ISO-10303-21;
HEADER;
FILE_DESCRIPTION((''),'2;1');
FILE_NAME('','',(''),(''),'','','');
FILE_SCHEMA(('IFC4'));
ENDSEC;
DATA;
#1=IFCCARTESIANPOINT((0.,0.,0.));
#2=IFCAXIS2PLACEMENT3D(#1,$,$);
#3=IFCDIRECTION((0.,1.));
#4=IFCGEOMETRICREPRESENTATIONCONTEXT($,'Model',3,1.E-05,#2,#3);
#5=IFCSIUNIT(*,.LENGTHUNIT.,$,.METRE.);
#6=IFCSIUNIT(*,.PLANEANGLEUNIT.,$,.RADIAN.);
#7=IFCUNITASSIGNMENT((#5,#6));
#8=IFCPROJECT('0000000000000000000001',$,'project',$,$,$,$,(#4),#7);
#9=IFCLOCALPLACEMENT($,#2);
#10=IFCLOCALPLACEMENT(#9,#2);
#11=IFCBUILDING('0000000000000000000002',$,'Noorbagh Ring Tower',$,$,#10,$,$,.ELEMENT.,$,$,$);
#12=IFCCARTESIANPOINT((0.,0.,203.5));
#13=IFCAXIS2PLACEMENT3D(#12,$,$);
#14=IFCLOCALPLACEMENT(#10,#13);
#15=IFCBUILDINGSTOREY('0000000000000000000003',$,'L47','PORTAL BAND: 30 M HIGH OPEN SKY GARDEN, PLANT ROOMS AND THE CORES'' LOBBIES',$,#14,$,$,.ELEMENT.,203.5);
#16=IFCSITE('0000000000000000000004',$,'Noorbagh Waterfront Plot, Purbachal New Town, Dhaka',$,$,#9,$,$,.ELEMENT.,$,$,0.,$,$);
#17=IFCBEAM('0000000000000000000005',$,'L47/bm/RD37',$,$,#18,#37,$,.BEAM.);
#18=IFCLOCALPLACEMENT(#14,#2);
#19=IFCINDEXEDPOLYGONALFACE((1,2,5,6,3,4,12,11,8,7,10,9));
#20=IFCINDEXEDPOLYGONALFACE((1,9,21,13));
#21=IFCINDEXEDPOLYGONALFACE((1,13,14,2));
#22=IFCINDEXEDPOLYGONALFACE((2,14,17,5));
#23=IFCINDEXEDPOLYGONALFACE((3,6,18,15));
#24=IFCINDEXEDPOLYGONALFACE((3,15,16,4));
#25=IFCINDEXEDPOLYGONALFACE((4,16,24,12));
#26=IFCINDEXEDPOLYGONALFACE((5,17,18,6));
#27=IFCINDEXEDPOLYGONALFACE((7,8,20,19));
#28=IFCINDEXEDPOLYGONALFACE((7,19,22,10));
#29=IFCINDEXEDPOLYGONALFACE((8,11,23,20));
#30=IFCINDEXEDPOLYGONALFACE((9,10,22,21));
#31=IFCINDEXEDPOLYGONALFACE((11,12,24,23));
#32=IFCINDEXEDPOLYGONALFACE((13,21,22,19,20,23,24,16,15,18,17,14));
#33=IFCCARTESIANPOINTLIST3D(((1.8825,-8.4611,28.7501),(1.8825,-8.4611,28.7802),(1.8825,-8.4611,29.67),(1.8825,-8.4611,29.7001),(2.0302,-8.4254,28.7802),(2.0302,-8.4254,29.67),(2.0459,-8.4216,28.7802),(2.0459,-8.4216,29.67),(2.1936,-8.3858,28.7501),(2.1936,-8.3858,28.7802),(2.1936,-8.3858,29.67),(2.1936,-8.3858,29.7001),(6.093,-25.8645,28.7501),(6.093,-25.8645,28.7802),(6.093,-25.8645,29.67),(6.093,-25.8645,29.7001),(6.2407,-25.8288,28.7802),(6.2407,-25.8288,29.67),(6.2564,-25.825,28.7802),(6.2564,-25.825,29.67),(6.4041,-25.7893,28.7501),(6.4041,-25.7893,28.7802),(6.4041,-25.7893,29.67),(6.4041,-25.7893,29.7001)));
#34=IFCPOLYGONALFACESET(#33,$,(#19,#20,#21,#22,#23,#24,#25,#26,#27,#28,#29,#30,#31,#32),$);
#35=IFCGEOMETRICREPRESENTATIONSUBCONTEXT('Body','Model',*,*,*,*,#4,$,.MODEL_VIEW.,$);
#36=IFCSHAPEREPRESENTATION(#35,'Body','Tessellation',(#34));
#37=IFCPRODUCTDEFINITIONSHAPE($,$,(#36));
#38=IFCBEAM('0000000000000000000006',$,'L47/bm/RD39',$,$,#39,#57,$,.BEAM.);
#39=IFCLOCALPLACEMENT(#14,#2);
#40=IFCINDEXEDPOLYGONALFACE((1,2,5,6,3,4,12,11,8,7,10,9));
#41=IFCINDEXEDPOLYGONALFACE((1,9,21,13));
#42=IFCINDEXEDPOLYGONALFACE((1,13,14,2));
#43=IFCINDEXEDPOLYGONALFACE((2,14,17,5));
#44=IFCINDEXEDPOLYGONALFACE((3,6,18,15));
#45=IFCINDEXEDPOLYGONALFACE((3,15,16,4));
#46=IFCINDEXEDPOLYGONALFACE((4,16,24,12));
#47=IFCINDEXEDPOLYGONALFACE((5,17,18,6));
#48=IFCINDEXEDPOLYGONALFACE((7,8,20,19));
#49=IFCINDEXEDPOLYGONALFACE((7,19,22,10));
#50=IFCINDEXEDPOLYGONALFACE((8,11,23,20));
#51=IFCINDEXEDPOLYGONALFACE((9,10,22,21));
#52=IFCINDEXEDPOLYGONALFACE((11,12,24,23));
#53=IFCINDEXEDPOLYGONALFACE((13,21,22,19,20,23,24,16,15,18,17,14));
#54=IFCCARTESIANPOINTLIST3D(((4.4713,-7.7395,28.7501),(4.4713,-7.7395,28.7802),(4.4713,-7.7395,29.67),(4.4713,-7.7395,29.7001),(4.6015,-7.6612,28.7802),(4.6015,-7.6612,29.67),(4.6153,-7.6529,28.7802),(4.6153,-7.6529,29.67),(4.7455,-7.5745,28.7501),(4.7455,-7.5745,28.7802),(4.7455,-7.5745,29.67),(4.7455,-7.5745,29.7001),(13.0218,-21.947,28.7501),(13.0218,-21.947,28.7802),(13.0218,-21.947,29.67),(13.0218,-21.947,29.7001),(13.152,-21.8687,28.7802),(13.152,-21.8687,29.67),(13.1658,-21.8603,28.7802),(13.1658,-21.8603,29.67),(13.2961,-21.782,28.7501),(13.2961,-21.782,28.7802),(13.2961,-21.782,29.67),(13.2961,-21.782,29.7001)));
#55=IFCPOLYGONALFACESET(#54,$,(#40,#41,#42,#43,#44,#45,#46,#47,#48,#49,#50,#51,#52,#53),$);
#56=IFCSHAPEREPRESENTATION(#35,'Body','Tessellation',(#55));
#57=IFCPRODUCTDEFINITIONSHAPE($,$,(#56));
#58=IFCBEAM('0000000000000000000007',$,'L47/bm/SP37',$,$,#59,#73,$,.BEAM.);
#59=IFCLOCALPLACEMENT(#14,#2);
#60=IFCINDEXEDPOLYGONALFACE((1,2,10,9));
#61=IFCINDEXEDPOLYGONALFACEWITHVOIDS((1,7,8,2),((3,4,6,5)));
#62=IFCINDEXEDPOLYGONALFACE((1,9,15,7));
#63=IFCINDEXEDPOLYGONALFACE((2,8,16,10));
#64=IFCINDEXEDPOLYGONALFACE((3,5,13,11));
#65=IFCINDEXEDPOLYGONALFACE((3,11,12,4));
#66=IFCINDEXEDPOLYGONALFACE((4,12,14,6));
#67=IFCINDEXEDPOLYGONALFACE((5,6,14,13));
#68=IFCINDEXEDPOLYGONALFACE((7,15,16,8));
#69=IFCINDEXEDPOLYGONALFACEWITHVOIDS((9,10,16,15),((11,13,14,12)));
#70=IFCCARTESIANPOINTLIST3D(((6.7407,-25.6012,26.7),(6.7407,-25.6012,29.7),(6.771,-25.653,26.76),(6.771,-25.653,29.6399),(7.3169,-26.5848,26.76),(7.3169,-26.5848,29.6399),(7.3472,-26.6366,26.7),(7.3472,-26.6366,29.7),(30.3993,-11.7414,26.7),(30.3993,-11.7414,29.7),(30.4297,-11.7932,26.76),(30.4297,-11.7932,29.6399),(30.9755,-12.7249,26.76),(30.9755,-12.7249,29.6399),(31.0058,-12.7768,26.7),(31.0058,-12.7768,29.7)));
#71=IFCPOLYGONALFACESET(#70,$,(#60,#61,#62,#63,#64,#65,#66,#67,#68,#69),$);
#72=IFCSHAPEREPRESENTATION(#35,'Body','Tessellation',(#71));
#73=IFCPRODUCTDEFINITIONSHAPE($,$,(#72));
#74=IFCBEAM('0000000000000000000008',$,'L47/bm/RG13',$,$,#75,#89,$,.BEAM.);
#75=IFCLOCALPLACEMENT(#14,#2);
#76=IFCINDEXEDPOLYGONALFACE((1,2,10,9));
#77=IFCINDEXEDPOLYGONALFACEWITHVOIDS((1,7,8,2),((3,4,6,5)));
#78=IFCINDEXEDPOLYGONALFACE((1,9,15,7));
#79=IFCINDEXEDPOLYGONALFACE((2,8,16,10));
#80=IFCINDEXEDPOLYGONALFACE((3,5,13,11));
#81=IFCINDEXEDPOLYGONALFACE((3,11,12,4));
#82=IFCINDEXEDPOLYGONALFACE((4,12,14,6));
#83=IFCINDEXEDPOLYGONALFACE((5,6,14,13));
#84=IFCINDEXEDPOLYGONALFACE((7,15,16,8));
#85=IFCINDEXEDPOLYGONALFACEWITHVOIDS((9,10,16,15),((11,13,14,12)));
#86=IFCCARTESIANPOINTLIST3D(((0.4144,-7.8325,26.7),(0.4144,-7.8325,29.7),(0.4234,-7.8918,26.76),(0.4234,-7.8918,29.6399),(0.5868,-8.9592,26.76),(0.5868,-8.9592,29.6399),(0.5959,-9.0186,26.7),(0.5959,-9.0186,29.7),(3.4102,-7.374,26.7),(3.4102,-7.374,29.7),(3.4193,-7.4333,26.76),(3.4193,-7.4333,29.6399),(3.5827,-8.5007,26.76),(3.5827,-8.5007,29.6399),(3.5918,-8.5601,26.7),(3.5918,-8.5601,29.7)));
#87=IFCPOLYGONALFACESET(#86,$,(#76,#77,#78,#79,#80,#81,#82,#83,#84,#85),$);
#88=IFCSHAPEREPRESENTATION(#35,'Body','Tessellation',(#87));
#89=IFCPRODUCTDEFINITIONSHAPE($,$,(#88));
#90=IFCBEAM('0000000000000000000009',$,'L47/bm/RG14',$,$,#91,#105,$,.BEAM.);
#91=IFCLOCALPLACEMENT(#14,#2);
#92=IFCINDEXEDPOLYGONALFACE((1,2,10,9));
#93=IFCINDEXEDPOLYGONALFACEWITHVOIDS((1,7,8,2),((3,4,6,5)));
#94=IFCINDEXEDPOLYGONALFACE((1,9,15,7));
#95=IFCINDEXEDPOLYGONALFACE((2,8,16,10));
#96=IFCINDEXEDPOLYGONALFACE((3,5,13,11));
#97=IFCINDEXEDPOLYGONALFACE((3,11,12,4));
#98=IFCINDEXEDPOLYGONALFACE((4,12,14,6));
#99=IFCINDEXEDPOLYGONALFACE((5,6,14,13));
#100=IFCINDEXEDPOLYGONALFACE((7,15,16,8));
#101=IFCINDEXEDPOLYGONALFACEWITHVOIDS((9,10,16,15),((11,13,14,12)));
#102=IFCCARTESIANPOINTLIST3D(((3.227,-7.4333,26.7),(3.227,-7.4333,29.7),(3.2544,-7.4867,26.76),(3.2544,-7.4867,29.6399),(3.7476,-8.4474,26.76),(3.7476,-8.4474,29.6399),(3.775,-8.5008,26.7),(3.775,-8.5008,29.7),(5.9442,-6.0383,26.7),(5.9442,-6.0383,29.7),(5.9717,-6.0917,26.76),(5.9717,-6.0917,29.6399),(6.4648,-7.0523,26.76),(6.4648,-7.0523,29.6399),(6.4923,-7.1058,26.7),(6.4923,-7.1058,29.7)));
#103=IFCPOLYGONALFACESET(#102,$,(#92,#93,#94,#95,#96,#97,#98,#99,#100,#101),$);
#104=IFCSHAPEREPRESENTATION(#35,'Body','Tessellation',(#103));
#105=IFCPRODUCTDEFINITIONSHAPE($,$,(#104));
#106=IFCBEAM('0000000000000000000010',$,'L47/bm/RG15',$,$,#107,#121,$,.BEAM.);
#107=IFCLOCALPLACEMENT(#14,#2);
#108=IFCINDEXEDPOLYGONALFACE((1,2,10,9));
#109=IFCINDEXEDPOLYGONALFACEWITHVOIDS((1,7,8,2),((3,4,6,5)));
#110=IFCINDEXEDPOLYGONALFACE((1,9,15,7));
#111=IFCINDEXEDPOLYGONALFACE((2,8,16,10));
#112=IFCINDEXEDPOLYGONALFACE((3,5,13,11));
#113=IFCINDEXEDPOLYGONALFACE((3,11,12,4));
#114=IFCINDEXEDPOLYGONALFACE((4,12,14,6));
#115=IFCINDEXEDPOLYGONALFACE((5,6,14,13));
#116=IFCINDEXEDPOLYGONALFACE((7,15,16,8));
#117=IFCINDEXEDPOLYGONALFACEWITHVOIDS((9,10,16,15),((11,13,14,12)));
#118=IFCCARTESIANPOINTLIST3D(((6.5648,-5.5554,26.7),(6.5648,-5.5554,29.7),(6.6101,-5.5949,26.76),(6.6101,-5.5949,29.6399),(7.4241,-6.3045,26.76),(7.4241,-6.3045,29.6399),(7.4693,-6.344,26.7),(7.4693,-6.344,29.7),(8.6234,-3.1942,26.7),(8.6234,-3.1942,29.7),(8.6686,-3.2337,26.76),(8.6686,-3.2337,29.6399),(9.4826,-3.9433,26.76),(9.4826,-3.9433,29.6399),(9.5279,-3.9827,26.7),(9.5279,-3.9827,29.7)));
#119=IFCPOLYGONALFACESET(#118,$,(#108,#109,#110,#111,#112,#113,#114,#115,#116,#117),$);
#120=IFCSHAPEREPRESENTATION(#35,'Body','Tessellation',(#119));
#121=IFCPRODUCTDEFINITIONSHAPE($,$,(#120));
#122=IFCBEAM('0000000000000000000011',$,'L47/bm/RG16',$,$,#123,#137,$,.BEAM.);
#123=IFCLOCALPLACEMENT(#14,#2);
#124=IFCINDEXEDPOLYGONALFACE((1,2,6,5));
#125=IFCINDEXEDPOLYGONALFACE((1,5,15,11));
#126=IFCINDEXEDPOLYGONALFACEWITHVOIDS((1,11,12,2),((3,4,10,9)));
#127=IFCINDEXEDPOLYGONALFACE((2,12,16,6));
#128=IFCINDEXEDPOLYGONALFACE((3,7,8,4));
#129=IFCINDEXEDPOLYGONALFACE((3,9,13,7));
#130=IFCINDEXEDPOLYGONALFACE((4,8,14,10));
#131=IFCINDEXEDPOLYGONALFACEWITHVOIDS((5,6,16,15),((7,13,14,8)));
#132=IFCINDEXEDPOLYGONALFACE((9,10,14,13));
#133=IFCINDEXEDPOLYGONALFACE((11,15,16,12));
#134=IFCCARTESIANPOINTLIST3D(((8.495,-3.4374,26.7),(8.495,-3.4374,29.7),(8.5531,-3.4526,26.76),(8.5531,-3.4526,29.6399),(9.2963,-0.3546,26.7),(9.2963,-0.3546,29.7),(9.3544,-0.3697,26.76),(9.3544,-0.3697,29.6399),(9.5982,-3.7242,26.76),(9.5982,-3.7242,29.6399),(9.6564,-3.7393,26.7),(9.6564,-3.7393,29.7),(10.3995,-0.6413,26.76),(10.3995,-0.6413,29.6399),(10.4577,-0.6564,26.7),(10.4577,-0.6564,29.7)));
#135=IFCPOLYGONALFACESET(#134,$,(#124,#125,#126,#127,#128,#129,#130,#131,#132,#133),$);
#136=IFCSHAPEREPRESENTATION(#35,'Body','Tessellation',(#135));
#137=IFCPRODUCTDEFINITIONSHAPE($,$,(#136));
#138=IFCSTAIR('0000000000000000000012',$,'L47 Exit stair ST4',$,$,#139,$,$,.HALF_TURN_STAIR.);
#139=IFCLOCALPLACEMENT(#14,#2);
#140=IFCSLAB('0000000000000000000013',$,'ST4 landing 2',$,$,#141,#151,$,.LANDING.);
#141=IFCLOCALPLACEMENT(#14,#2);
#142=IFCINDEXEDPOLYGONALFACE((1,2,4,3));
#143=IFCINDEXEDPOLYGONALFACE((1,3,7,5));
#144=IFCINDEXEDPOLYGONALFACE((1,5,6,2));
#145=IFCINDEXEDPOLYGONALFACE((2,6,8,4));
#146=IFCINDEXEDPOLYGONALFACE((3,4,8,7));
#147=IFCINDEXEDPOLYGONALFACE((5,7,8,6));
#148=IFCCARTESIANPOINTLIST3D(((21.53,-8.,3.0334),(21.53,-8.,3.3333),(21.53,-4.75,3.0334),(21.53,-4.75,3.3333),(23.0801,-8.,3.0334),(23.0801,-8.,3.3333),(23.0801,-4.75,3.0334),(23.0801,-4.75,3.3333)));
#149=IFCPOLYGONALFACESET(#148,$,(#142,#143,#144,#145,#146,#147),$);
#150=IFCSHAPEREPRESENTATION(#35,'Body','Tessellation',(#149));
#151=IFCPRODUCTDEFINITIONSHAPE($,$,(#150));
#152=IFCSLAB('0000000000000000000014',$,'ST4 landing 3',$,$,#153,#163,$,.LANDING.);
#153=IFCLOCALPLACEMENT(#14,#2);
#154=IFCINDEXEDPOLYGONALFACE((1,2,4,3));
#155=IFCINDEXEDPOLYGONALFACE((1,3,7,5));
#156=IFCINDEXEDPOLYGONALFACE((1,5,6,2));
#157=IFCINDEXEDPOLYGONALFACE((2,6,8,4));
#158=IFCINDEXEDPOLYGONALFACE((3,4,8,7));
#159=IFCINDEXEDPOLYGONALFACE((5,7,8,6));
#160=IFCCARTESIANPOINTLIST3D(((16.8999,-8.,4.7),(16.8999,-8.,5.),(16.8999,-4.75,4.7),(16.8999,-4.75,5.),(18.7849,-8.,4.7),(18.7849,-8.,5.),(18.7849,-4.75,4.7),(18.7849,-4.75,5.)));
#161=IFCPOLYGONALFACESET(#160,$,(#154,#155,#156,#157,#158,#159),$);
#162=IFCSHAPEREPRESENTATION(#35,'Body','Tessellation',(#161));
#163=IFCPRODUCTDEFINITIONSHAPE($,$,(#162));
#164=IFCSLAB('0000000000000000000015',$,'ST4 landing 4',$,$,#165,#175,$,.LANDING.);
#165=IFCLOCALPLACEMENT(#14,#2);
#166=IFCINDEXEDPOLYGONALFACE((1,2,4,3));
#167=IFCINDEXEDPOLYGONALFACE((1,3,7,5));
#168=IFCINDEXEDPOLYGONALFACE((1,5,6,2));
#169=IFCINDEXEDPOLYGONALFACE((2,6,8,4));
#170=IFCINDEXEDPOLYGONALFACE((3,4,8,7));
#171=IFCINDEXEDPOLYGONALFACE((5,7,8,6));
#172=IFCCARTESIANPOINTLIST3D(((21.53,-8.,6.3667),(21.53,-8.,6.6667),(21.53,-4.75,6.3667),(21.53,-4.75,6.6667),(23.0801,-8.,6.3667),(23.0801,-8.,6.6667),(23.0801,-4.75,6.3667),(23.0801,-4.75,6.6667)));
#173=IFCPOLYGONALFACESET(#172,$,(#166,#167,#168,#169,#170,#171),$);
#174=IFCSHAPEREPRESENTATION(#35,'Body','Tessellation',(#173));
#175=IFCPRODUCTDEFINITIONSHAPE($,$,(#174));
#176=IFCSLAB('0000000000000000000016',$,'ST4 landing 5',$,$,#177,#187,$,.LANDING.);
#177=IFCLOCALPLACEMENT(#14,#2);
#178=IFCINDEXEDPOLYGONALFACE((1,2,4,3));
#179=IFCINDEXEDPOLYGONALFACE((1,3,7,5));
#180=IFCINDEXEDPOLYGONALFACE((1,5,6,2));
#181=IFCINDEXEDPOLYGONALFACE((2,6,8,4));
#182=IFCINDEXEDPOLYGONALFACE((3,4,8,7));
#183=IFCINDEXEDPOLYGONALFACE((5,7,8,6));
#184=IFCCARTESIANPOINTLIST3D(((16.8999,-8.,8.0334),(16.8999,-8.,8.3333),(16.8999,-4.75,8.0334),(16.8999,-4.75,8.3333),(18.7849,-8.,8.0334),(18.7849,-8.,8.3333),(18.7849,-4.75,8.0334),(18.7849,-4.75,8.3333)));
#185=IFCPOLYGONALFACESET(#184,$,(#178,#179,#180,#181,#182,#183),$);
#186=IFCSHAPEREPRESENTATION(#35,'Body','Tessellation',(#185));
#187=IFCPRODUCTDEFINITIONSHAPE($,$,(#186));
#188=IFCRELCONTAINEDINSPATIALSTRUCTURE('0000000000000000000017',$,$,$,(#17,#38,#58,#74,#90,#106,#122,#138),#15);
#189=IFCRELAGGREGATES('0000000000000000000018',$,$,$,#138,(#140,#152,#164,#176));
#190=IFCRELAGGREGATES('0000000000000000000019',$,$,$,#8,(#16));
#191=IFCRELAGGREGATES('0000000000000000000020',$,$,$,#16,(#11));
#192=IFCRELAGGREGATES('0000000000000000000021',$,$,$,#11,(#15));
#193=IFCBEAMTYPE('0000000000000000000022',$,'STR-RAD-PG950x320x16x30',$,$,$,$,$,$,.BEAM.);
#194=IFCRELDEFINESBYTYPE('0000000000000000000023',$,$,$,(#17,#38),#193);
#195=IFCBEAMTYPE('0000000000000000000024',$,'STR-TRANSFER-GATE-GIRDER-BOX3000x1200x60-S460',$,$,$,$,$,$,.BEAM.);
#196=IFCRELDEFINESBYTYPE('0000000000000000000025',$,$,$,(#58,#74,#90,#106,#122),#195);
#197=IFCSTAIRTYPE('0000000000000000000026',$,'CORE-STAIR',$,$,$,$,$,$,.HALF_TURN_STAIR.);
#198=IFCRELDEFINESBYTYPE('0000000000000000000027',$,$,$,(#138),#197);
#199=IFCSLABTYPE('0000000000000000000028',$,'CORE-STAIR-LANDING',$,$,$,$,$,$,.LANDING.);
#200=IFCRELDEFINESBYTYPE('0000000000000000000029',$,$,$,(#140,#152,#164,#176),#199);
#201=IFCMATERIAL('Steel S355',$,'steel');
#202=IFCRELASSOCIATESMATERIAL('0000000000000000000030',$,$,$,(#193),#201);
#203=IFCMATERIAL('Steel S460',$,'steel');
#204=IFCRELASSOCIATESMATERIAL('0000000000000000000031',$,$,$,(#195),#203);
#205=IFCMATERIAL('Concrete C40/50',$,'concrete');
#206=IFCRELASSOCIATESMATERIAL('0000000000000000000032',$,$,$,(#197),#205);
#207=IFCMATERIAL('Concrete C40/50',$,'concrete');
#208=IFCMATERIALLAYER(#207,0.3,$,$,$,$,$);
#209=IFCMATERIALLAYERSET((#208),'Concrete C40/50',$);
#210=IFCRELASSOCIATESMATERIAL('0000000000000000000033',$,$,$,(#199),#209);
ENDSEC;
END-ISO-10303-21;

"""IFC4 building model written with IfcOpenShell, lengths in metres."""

from ifc_helpers import new_model, si_unit, direction, frame, origin, origin_2d, place, context, subcontext, project, spatial, polyline, hollow_rectangle, i_section, outline, extrude, material, layer, layer_set, material_profile, profile_set, type_object, element, aggregate, save


model = new_model("IFC4")

# Units and contexts
model_context = context("Model", 3, precision=1e-05, world=origin(), true_north=direction((0.0, 1.0)))
body_context = subcontext(model_context, "Body", "Model", "MODEL_VIEW")
ifc_project = project(units=[si_unit("LENGTHUNIT", "METRE"), si_unit("PLANEANGLEUNIT", "RADIAN")], contexts=[model_context])

# Site, building, storey
site_placement = place(None, origin())
site = spatial("IfcSite", under=ifc_project, at=site_placement, Name="Noorbagh Waterfront Plot, Purbachal New Town, Dhaka", CompositionType="ELEMENT", RefElevation=0.0)
building_placement = place(site_placement, origin())
building = spatial("IfcBuilding", under=site, at=building_placement, Name="Noorbagh Ring Tower", CompositionType="ELEMENT")
storey_placement = place(building_placement, frame((0.0, 0.0, 203.5)))
storey = spatial("IfcBuildingStorey", under=building, at=storey_placement, Name="L47", Description="PORTAL BAND: 30 M HIGH OPEN SKY GARDEN, PLANT ROOMS AND THE CORES' LOBBIES", CompositionType="ELEMENT", Elevation=203.5)

# Beams
ifc_material_1 = material(Name="Steel S355", Category="steel")
ifc_material_profile_1 = material_profile(ifc_material_1, i_section(OverallWidth=0.3201, OverallDepth=0.95, WebThickness=0.0161, FlangeThickness=0.03, at=origin_2d()), Name="PG950x320x16x30")
ifc_profile_set_1 = profile_set([ifc_material_profile_1], Name="Steel S355")
beam_type_1 = type_object("IfcBeamType", Name="STR-RAD-PG950x320x16x30", PredefinedType="BEAM", material=ifc_profile_set_1)
beam_1_placement = place(storey_placement, frame((6.2485, -25.8269, 29.2251), z_axis=(-0.23515, 0.971959, 0.0), x_axis=(-0.971959, -0.23515, 0.0)))
element("IfcBeam", 1, at=beam_1_placement, inside=storey, type_object=beam_type_1, Name="L47/bm/RD37", PredefinedType="BEAM", context=body_context, shape_type="SweptSolid", body=[
    extrude(i_section(OverallWidth=0.3201, OverallDepth=0.95, WebThickness=0.0161, FlangeThickness=0.03, at=origin_2d()), origin(), (0.0, 0.0, 1.0), 17.9055),
])
beam_2_placement = place(storey_placement, frame((13.1589, -21.8645, 29.2251), z_axis=(-0.515649, 0.8568, 0.0), x_axis=(-0.8568, -0.515649, 0.0)))
element("IfcBeam", 2, at=beam_2_placement, inside=storey, type_object=beam_type_1, Name="L47/bm/RD39", PredefinedType="BEAM", context=body_context, shape_type="SweptSolid", body=[
    extrude(i_section(OverallWidth=0.3201, OverallDepth=0.95, WebThickness=0.0161, FlangeThickness=0.03, at=origin_2d()), origin(), (0.0, 0.0, 1.0), 16.582),
])
ifc_material_2 = material(Name="Steel S460", Category="steel")
ifc_material_profile_2 = material_profile(ifc_material_2, hollow_rectangle(XDim=1.2, YDim=3.0, WallThickness=0.0601, at=origin_2d()), Name="BOX3000x1200x60")
ifc_profile_set_2 = profile_set([ifc_material_profile_2], Name="Steel S460")
beam_type_2 = type_object("IfcBeamType", Name="STR-TRANSFER-GATE-GIRDER-BOX3000x1200x60-S460", PredefinedType="BEAM", material=ifc_profile_set_2)
beam_3_placement = place(storey_placement, frame((7.0439, -26.1189, 28.2), z_axis=(0.862842, 0.505475, 0.0), x_axis=(-0.505475, 0.862842, 0.0)))
element("IfcBeam", 3, at=beam_3_placement, inside=storey, type_object=beam_type_2, Name="L47/bm/SP37", PredefinedType="BEAM", context=body_context, shape_type="SweptSolid", body=[
    extrude(hollow_rectangle(XDim=1.2, YDim=3.0, WallThickness=0.0601, at=origin_2d()), origin(), (0.0, 0.0, 1.0), 27.4194),
])
beam_4_placement = place(storey_placement, frame((0.5051, -8.4255, 28.2), z_axis=(0.988491, 0.151282, 0.0), x_axis=(-0.151282, 0.988491, 0.0)))
element("IfcBeam", 4, at=beam_4_placement, inside=storey, type_object=beam_type_2, Name="L47/bm/RG13", PredefinedType="BEAM", context=body_context, shape_type="SweptSolid", body=[
    extrude(hollow_rectangle(XDim=1.2, YDim=3.0, WallThickness=0.0601, at=origin_2d()), origin(), (0.0, 0.0, 1.0), 3.0308),
])
beam_5_placement = place(storey_placement, frame((3.501, -7.967, 28.2), z_axis=(0.889613, 0.456716, 0.0), x_axis=(-0.456716, 0.889613, 0.0)))
element("IfcBeam", 5, at=beam_5_placement, inside=storey, type_object=beam_type_2, Name="L47/bm/RG14", PredefinedType="BEAM", context=body_context, shape_type="SweptSolid", body=[
    extrude(hollow_rectangle(XDim=1.2, YDim=3.0, WallThickness=0.0601, at=origin_2d()), origin(), (0.0, 0.0, 1.0), 3.0544),
])
beam_6_placement = place(storey_placement, frame((7.0171, -5.9497, 28.2), z_axis=(0.657135, 0.753773, 0.0), x_axis=(-0.753773, 0.657135, 0.0)))
element("IfcBeam", 6, at=beam_6_placement, inside=storey, type_object=beam_type_2, Name="L47/bm/RG15", PredefinedType="BEAM", context=body_context, shape_type="SweptSolid", body=[
    extrude(hollow_rectangle(XDim=1.2, YDim=3.0, WallThickness=0.0601, at=origin_2d()), origin(), (0.0, 0.0, 1.0), 3.1326),
])
beam_7_placement = place(storey_placement, frame((9.0757, -3.5884, 28.2), z_axis=(0.251561, 0.967842, 0.0), x_axis=(-0.967842, 0.251561, 0.0)))
element("IfcBeam", 7, at=beam_7_placement, inside=storey, type_object=beam_type_2, Name="L47/bm/RG16", PredefinedType="BEAM", context=body_context, shape_type="SweptSolid", body=[
    extrude(hollow_rectangle(XDim=1.2, YDim=3.0, WallThickness=0.0601, at=origin_2d()), origin(), (0.0, 0.0, 1.0), 3.1853),
])

# Stair, slabs
ifc_material_3 = material(Name="Concrete C40/50", Category="concrete")
stair_type = type_object("IfcStairType", Name="CORE-STAIR", PredefinedType="HALF_TURN_STAIR", material=ifc_material_3)
stair_placement = place(storey_placement, origin())
stair = element("IfcStair", 8, at=stair_placement, inside=storey, type_object=stair_type, Name="L47 Exit stair ST4", PredefinedType="HALF_TURN_STAIR")
ifc_material_4 = material(Name="Concrete C40/50", Category="concrete")
ifc_layer = layer(ifc_material_4, 0.3)
ifc_layer_set = layer_set([ifc_layer], Name="Concrete C40/50")
slab_type = type_object("IfcSlabType", Name="CORE-STAIR-LANDING", PredefinedType="LANDING", material=ifc_layer_set)
slab_1_placement = place(storey_placement, frame((0.0, 0.0, 3.0334)))
slab_1 = element("IfcSlab", 9, at=slab_1_placement, type_object=slab_type, Name="ST4 landing 2", PredefinedType="LANDING", context=body_context, shape_type="SweptSolid", body=[
    extrude(outline(polyline([(23.0801, -4.75), (21.53, -4.75), (21.53, -8.0), (23.0801, -8.0), (23.0801, -4.75)])), origin(), (0.0, 0.0, 1.0), 0.2998),
])
slab_2_placement = place(storey_placement, frame((0.0, 0.0, 4.7)))
slab_2 = element("IfcSlab", 10, at=slab_2_placement, type_object=slab_type, Name="ST4 landing 3", PredefinedType="LANDING", context=body_context, shape_type="SweptSolid", body=[
    extrude(outline(polyline([(18.7849, -4.75), (16.8999, -4.75), (16.8999, -8.0), (18.7849, -8.0), (18.7849, -4.75)])), origin(), (0.0, 0.0, 1.0), 0.3),
])
slab_3_placement = place(storey_placement, frame((0.0, 0.0, 6.3667)))
slab_3 = element("IfcSlab", 11, at=slab_3_placement, type_object=slab_type, Name="ST4 landing 4", PredefinedType="LANDING", context=body_context, shape_type="SweptSolid", body=[
    extrude(outline(polyline([(23.0801, -4.75), (21.53, -4.75), (21.53, -8.0), (23.0801, -8.0), (23.0801, -4.75)])), origin(), (0.0, 0.0, 1.0), 0.3),
])
slab_4_placement = place(storey_placement, frame((0.0, 0.0, 8.0334)))
slab_4 = element("IfcSlab", 12, at=slab_4_placement, type_object=slab_type, Name="ST4 landing 5", PredefinedType="LANDING", context=body_context, shape_type="SweptSolid", body=[
    extrude(outline(polyline([(18.7849, -4.75), (16.8999, -4.75), (16.8999, -8.0), (18.7849, -8.0), (18.7849, -4.75)])), origin(), (0.0, 0.0, 1.0), 0.2998),
])
aggregate(stair, [slab_1, slab_2, slab_3, slab_4])

save(model, "model.ifc")
